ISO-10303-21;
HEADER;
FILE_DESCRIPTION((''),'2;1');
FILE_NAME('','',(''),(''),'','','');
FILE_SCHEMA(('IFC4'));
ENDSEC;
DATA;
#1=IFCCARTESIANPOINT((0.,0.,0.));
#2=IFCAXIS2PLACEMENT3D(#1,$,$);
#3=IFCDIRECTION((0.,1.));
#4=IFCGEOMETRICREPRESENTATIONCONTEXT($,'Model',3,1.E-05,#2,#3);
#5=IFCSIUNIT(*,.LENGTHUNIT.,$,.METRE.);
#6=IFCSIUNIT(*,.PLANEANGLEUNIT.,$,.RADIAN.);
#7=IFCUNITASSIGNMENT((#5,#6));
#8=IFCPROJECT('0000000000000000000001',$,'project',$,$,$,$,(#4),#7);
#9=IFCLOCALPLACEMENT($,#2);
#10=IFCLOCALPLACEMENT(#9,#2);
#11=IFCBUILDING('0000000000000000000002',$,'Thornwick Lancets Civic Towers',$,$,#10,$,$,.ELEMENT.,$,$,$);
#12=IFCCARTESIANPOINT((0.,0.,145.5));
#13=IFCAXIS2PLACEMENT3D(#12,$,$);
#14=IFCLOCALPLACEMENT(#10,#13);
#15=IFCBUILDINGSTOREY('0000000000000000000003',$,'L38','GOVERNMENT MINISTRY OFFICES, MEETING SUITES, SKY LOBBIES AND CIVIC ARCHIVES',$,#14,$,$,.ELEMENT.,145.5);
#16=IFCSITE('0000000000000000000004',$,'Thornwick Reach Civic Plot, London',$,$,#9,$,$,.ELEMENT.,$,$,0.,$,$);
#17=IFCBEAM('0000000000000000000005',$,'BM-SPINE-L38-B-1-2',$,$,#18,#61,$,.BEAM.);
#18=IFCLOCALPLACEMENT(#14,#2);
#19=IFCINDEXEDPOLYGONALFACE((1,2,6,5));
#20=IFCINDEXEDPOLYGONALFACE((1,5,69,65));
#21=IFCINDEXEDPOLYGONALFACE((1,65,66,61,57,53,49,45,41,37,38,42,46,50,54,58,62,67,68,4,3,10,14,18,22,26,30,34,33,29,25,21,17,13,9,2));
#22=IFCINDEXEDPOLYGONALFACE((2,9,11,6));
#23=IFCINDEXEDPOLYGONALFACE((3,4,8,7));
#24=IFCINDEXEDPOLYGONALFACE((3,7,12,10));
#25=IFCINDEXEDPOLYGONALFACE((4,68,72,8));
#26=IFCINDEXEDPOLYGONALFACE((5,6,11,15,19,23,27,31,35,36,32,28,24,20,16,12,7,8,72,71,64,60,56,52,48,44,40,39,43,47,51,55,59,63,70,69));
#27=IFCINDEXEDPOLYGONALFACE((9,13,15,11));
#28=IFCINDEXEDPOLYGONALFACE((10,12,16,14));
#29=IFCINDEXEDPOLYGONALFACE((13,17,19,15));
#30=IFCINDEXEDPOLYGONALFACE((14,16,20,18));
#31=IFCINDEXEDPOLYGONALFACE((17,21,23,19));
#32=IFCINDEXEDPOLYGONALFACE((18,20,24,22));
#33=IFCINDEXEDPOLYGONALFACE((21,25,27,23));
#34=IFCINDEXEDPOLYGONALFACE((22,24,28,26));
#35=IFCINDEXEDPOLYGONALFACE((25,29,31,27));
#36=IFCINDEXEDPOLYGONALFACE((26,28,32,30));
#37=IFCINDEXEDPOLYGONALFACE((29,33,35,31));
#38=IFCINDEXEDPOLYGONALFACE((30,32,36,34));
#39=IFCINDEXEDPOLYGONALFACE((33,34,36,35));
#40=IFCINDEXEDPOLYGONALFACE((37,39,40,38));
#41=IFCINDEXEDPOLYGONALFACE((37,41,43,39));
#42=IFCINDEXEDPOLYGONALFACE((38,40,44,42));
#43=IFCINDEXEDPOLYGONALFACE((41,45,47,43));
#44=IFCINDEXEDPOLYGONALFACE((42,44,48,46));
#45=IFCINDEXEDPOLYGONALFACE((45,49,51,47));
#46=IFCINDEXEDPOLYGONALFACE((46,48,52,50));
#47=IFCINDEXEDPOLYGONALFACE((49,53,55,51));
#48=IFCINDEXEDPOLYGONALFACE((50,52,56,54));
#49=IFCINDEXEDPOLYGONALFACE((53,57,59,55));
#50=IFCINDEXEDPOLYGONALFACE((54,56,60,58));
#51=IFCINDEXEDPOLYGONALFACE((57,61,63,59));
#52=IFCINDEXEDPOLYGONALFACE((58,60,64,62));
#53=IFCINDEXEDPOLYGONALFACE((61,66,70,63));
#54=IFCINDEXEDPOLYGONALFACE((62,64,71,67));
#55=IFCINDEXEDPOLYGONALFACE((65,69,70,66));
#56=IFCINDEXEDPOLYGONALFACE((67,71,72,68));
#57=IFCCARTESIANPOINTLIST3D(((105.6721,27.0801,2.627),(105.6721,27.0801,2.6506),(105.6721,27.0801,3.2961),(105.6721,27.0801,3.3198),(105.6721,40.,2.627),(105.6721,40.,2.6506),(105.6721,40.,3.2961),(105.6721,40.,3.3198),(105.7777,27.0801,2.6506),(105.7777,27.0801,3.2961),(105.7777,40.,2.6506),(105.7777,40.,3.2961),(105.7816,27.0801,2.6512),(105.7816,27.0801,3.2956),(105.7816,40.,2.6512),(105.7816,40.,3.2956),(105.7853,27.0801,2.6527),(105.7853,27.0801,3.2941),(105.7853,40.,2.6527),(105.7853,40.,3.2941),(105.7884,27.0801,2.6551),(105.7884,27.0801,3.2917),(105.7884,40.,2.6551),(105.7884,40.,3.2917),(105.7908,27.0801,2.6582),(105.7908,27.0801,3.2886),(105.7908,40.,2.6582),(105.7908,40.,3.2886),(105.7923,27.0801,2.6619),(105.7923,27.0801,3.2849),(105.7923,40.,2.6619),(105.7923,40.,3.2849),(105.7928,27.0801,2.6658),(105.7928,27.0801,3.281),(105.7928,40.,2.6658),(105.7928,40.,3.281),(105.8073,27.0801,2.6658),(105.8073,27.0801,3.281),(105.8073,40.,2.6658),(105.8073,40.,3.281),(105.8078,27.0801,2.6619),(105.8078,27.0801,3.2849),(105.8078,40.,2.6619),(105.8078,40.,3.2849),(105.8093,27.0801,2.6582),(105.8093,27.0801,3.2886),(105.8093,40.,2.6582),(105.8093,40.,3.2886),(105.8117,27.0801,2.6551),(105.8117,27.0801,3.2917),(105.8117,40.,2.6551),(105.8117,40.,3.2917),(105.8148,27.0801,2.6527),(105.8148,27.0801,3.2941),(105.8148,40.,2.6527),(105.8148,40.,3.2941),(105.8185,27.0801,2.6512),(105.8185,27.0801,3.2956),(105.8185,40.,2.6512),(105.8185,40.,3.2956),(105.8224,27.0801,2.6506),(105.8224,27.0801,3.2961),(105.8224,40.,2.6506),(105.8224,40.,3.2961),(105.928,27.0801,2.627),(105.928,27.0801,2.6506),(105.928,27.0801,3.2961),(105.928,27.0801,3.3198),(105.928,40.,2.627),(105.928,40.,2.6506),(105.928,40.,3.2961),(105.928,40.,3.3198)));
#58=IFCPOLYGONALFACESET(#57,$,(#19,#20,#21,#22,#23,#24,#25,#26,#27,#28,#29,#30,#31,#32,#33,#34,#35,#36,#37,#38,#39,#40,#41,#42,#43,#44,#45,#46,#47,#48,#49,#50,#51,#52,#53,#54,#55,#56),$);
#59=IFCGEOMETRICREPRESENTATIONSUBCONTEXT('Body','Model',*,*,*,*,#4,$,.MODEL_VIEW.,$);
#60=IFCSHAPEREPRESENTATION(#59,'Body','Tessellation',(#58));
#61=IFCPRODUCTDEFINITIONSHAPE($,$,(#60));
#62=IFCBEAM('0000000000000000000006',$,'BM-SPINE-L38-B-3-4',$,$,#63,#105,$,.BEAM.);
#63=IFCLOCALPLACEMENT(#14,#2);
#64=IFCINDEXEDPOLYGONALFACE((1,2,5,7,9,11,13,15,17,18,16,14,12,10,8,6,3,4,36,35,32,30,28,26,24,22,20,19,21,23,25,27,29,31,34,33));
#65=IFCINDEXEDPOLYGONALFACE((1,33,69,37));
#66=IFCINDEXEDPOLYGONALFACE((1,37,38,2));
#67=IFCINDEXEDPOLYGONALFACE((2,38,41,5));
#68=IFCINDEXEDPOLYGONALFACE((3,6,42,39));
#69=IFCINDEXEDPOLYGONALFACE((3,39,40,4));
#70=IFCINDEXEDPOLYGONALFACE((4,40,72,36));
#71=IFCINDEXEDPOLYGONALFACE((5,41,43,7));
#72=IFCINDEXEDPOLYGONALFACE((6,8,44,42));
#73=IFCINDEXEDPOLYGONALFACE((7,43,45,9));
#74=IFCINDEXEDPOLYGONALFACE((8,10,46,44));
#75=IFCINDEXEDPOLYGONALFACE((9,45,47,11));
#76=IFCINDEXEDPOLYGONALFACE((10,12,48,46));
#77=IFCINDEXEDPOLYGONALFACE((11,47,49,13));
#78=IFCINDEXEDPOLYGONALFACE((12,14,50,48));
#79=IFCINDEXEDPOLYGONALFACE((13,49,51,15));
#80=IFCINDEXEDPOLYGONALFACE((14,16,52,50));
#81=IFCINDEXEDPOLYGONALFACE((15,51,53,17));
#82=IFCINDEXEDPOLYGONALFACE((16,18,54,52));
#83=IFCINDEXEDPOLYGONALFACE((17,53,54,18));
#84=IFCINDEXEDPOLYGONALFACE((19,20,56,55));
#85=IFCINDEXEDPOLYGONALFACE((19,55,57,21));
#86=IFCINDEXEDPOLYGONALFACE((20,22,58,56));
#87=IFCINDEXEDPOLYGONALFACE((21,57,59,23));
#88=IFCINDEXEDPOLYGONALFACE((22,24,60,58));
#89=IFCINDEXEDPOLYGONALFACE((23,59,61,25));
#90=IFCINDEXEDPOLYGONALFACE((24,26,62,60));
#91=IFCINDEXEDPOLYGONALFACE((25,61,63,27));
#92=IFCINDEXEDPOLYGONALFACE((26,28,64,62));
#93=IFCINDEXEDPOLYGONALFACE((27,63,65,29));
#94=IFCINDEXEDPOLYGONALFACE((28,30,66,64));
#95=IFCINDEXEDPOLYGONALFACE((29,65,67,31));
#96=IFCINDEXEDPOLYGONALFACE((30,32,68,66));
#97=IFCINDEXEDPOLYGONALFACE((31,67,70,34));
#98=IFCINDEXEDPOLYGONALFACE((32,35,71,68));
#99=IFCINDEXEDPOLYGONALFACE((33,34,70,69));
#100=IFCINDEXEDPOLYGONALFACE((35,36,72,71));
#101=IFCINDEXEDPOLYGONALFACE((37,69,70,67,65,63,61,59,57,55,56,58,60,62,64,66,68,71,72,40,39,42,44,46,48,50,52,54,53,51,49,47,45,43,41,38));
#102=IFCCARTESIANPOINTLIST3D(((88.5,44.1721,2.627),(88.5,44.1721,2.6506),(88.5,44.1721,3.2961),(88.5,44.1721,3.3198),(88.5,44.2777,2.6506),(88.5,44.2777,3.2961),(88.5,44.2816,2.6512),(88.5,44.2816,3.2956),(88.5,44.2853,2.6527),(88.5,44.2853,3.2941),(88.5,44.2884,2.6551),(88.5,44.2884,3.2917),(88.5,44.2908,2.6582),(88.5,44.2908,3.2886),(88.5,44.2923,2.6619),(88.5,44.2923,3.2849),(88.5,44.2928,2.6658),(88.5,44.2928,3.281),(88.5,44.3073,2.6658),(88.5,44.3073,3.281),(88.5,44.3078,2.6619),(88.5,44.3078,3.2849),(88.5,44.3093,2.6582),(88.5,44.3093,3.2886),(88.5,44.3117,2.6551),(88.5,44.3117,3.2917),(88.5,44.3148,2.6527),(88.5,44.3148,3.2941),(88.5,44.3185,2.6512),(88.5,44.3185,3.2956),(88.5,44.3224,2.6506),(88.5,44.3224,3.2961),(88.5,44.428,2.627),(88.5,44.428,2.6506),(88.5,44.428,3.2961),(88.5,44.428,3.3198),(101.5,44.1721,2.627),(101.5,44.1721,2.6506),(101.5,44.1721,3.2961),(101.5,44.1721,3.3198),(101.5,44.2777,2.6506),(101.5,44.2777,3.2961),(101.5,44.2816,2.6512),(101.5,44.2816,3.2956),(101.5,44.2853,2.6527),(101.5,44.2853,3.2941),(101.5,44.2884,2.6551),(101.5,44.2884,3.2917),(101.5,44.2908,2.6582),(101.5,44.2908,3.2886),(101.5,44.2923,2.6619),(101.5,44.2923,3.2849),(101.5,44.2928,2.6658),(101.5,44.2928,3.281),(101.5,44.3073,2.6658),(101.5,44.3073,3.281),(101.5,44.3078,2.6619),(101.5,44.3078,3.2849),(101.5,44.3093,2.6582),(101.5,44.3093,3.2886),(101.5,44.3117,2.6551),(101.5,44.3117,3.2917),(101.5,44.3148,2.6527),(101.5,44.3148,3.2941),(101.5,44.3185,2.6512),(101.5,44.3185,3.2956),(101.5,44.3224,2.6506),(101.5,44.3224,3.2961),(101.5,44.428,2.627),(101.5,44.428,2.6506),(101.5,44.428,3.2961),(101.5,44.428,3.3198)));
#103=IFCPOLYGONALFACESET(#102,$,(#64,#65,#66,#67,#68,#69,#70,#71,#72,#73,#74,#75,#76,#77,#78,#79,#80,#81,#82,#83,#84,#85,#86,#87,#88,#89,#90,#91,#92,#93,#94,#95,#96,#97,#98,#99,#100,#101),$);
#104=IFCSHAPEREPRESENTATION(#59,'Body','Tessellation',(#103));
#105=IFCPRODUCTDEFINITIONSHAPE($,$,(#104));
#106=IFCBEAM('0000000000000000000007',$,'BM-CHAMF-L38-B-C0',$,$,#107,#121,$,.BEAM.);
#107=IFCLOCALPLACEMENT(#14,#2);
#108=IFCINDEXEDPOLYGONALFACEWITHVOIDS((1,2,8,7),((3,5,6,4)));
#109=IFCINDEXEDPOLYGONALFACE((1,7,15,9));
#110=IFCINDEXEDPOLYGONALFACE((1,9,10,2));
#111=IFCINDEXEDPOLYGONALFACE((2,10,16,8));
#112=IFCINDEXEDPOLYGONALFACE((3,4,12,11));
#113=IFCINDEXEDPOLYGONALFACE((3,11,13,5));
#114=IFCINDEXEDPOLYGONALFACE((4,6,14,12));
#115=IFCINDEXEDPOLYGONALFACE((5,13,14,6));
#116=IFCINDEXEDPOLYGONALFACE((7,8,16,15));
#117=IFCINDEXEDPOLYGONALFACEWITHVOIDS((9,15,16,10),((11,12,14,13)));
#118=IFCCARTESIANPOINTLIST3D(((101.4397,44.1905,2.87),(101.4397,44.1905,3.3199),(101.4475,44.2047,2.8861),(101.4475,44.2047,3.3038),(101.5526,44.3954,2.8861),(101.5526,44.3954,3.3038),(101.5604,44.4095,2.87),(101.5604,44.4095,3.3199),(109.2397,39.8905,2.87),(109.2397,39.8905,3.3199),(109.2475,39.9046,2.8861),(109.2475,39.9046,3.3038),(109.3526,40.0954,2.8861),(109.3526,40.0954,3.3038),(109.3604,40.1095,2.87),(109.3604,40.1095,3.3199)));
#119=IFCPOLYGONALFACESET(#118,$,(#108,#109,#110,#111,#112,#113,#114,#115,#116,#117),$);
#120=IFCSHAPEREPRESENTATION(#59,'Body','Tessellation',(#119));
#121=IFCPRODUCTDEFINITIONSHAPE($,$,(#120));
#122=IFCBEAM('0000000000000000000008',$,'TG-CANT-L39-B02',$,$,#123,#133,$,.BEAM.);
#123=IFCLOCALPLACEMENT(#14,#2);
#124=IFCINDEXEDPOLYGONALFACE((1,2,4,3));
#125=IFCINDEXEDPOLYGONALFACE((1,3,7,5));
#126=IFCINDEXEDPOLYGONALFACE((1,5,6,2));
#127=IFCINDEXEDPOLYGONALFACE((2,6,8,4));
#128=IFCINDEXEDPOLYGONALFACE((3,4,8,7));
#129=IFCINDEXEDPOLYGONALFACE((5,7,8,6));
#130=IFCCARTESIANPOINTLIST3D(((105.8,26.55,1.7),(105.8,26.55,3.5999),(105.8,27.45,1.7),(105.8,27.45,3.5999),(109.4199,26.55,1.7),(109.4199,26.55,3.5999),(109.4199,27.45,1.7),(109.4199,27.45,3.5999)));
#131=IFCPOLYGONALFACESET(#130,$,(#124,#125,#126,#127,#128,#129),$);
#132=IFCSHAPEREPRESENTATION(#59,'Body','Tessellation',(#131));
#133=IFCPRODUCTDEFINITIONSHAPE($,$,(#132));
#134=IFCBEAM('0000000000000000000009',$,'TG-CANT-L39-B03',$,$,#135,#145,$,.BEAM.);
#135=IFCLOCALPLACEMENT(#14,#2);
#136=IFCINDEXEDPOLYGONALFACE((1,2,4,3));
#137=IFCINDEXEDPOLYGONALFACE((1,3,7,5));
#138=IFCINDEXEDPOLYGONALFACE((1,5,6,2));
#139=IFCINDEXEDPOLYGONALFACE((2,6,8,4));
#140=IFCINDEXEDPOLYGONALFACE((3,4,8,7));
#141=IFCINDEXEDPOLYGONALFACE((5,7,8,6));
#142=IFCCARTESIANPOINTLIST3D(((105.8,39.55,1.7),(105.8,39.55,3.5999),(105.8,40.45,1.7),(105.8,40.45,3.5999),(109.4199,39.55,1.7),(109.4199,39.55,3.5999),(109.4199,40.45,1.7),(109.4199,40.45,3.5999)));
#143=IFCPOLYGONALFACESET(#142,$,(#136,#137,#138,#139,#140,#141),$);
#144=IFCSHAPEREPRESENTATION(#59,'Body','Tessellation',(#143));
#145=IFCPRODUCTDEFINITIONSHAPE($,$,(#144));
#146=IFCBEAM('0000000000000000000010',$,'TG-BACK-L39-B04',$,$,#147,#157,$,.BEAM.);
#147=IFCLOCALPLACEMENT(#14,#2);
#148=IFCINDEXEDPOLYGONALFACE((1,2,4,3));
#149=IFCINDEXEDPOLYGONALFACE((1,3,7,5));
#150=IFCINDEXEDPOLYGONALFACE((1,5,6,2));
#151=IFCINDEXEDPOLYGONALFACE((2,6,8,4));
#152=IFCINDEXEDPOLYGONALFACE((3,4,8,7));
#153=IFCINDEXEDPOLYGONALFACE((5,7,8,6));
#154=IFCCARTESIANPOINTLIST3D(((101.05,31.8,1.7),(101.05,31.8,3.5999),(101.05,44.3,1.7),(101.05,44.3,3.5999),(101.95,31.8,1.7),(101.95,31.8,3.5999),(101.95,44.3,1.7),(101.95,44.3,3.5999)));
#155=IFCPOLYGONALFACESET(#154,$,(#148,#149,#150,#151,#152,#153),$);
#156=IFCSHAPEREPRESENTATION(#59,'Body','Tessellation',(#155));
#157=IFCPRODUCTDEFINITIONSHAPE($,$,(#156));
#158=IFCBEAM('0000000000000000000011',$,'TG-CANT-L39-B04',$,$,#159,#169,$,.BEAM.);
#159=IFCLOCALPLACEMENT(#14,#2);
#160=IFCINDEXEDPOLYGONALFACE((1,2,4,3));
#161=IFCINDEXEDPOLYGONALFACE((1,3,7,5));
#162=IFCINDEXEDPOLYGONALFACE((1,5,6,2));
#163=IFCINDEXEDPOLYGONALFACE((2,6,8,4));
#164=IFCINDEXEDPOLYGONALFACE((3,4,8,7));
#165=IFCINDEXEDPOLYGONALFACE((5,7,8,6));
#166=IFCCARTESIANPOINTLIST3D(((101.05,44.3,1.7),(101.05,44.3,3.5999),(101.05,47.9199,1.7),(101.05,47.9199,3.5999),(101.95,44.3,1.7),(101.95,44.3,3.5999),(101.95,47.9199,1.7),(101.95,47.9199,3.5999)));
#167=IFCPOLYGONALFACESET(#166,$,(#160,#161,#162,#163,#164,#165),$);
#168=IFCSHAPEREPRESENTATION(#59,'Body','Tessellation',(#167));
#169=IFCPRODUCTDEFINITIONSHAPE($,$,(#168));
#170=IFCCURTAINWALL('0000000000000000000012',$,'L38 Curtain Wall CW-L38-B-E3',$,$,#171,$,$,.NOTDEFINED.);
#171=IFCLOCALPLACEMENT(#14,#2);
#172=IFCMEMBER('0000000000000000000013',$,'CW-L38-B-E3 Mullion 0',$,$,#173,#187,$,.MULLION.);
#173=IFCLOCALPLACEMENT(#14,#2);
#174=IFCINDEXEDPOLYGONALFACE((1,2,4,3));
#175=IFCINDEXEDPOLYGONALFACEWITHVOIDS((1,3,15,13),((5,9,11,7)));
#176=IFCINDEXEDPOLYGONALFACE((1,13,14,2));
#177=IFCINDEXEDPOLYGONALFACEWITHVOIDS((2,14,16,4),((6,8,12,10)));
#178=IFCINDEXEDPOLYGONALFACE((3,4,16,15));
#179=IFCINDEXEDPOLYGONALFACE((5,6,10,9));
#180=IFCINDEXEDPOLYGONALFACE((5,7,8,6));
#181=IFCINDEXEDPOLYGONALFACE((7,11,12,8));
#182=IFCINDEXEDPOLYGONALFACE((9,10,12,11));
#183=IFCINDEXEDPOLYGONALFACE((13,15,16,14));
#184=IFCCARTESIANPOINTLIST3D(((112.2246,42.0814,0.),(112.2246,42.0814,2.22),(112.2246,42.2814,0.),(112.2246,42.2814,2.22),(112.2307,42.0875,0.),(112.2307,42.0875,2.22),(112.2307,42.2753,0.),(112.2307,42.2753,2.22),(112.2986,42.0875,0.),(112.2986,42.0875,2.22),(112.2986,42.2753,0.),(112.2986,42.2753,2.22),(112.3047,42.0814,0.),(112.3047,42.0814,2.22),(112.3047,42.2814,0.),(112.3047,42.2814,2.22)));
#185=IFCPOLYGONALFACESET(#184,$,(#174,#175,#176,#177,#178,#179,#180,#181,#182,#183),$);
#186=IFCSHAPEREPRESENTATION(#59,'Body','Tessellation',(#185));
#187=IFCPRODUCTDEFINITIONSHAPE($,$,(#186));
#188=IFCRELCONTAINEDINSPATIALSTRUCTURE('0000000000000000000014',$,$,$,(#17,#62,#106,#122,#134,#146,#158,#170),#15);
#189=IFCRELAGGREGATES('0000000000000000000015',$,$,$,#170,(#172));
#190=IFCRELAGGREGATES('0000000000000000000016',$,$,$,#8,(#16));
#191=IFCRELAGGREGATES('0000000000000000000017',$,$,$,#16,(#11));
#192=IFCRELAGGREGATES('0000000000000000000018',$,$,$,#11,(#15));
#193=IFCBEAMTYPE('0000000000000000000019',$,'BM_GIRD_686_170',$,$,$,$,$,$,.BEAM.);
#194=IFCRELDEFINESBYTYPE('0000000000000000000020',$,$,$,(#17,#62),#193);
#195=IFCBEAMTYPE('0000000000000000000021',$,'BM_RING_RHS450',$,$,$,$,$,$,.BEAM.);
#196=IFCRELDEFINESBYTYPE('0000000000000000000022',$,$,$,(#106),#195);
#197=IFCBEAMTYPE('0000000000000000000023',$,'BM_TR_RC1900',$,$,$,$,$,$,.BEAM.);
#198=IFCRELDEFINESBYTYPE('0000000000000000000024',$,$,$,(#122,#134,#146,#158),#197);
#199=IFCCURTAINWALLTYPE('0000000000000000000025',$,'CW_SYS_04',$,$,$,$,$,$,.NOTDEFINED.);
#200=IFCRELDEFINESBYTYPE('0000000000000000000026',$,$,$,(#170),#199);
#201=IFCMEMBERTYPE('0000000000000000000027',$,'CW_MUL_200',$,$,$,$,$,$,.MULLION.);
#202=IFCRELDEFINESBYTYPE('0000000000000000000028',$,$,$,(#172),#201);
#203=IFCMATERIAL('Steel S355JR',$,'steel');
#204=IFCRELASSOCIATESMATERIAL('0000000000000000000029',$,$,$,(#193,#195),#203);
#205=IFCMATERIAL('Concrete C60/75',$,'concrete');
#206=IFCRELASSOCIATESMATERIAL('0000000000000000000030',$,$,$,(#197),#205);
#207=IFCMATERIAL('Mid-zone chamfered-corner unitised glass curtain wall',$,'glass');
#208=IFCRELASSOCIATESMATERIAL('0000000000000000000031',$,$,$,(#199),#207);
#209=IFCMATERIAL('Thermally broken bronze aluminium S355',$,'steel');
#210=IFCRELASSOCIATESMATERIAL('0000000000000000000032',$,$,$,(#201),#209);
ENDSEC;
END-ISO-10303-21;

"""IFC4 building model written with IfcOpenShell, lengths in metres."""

from ifc_helpers import new_model, si_unit, direction, frame, origin, origin_2d, place, context, subcontext, project, spatial, rectangle, hollow_rectangle, i_section, extrude, material, material_profile, profile_set, type_object, element, aggregate, save


model = new_model("IFC4")

# Units and contexts
model_context = context("Model", 3, precision=1e-05, world=origin(), true_north=direction((0.0, 1.0)))
body_context = subcontext(model_context, "Body", "Model", "MODEL_VIEW")
ifc_project = project(units=[si_unit("LENGTHUNIT", "METRE"), si_unit("PLANEANGLEUNIT", "RADIAN")], contexts=[model_context])

# Site, building, storey
site_placement = place(None, origin())
site = spatial("IfcSite", under=ifc_project, at=site_placement, Name="Thornwick Reach Civic Plot, London", CompositionType="ELEMENT", RefElevation=0.0)
building_placement = place(site_placement, origin())
building = spatial("IfcBuilding", under=site, at=building_placement, Name="Thornwick Lancets Civic Towers", CompositionType="ELEMENT")
storey_placement = place(building_placement, frame((0.0, 0.0, 145.5)))
storey = spatial("IfcBuildingStorey", under=building, at=storey_placement, Name="L38", Description="GOVERNMENT MINISTRY OFFICES, MEETING SUITES, SKY LOBBIES AND CIVIC ARCHIVES", CompositionType="ELEMENT", Elevation=145.5)

# Beams
ifc_material_1 = material(Name="Steel S355JR", Category="steel")
ifc_material_profile_1 = material_profile(ifc_material_1, i_section(OverallWidth=0.2559, OverallDepth=0.6929, WebThickness=0.0144, FlangeThickness=0.0237, FilletRadius=0.0151, at=origin_2d()), Name="UKB 686x254x170")
ifc_profile_set_1 = profile_set([ifc_material_profile_1], Name="Steel S355JR")
beam_type_1 = type_object("IfcBeamType", Name="BM_GIRD_686_170", PredefinedType="BEAM", material=ifc_profile_set_1)
beam_1_placement = place(storey_placement, frame((105.8, 27.0801, 2.9734), z_axis=(0.0, 1.0, 0.0), x_axis=(-1.0, 0.0, 0.0)))
element("IfcBeam", 1, at=beam_1_placement, inside=storey, type_object=beam_type_1, Name="BM-SPINE-L38-B-1-2", PredefinedType="BEAM", context=body_context, shape_type="SweptSolid", body=[
    extrude(i_section(OverallWidth=0.2559, OverallDepth=0.6929, WebThickness=0.0144, FlangeThickness=0.0237, FilletRadius=0.0151, at=origin_2d()), origin(), (0.0, 0.0, 1.0), 12.9199),
])
beam_2_placement = place(storey_placement, frame((101.5, 44.3, 2.9734), z_axis=(-1.0, 0.0, 0.0), x_axis=(0.0, -1.0, 0.0)))
element("IfcBeam", 2, at=beam_2_placement, inside=storey, type_object=beam_type_1, Name="BM-SPINE-L38-B-3-4", PredefinedType="BEAM", context=body_context, shape_type="SweptSolid", body=[
    extrude(i_section(OverallWidth=0.2559, OverallDepth=0.6929, WebThickness=0.0144, FlangeThickness=0.0237, FilletRadius=0.0151, at=origin_2d()), origin(), (0.0, 0.0, 1.0), 13.0),
])
ifc_material_profile_2 = material_profile(ifc_material_1, hollow_rectangle(XDim=0.25, YDim=0.45, WallThickness=0.0161, at=origin_2d()), Name="RHS 450x250x16")
ifc_profile_set_2 = profile_set([ifc_material_profile_2], Name="Steel S355JR")
beam_type_2 = type_object("IfcBeamType", Name="BM_RING_RHS450", PredefinedType="BEAM", material=ifc_profile_set_2)
beam_3_placement = place(storey_placement, frame((109.3, 40.0, 3.095), z_axis=(-0.87574, 0.482782, 0.0), x_axis=(-0.482782, -0.87574, 0.0)))
element("IfcBeam", 3, at=beam_3_placement, inside=storey, type_object=beam_type_2, Name="BM-CHAMF-L38-B-C0", PredefinedType="BEAM", context=body_context, shape_type="SweptSolid", body=[
    extrude(hollow_rectangle(XDim=0.25, YDim=0.45, WallThickness=0.0161, at=origin_2d()), origin(), (0.0, 0.0, 1.0), 8.9067),
])
ifc_material_2 = material(Name="Concrete C60/75", Category="concrete")
ifc_material_profile_3 = material_profile(ifc_material_2, rectangle(XDim=0.8999, YDim=1.8999, at=origin_2d()), Name="RC 900x1900")
ifc_profile_set_3 = profile_set([ifc_material_profile_3], Name="Concrete C60/75")
beam_type_3 = type_object("IfcBeamType", Name="BM_TR_RC1900", PredefinedType="BEAM", material=ifc_profile_set_3)
for number, where, z_axis, x_axis, name in (
    (4, (105.8, 27.0, 2.6499), (1.0, 0.0, 0.0), (0.0, 1.0, 0.0), "TG-CANT-L39-B02"),
    (5, (105.8, 40.0, 2.6499), (1.0, 0.0, 0.0), (0.0, 1.0, 0.0), "TG-CANT-L39-B03"),
):
    element("IfcBeam", number, at=place(storey_placement, frame(where, z_axis=z_axis, x_axis=x_axis)), inside=storey, type_object=beam_type_3, Name=name, PredefinedType="BEAM", context=body_context, shape_type="SweptSolid", body=[
        extrude(rectangle(XDim=0.8999, YDim=1.8999, at=origin_2d()), origin(), (0.0, 0.0, 1.0), 3.6199),
    ])
beam_4_placement = place(storey_placement, frame((101.5, 31.8, 2.6499), z_axis=(0.0, 1.0, 0.0), x_axis=(-1.0, 0.0, 0.0)))
element("IfcBeam", 6, at=beam_4_placement, inside=storey, type_object=beam_type_3, Name="TG-BACK-L39-B04", PredefinedType="BEAM", context=body_context, shape_type="SweptSolid", body=[
    extrude(rectangle(XDim=0.8999, YDim=1.8999, at=origin_2d()), origin(), (0.0, 0.0, 1.0), 12.5),
])
beam_5_placement = place(storey_placement, frame((101.5, 44.3, 2.6499), z_axis=(0.0, 1.0, 0.0), x_axis=(-1.0, 0.0, 0.0)))
element("IfcBeam", 7, at=beam_5_placement, inside=storey, type_object=beam_type_3, Name="TG-CANT-L39-B04", PredefinedType="BEAM", context=body_context, shape_type="SweptSolid", body=[
    extrude(rectangle(XDim=0.8999, YDim=1.8999, at=origin_2d()), origin(), (0.0, 0.0, 1.0), 3.6199),
])

# Curtain wall, member
ifc_material_3 = material(Name="Mid-zone chamfered-corner unitised glass curtain wall", Category="glass")
curtain_wall_type = type_object("IfcCurtainWallType", Name="CW_SYS_04", PredefinedType="NOTDEFINED", material=ifc_material_3)
curtain_wall_placement = place(storey_placement, origin())
curtain_wall = element("IfcCurtainWall", 8, at=curtain_wall_placement, inside=storey, type_object=curtain_wall_type, Name="L38 Curtain Wall CW-L38-B-E3", PredefinedType="NOTDEFINED")
ifc_material_4 = material(Name="Thermally broken bronze aluminium S355", Category="steel")
ifc_material_profile_4 = material_profile(ifc_material_4, hollow_rectangle(XDim=0.0801, YDim=0.2, WallThickness=0.0061, at=origin_2d()), Name="RHS 200x80x6")
ifc_profile_set_4 = profile_set([ifc_material_profile_4], Name="Thermally broken bronze aluminium S355")
member_type_1 = type_object("IfcMemberType", Name="CW_MUL_200", PredefinedType="MULLION", material=ifc_profile_set_4)
member_1_placement = place(storey_placement, frame((112.2646, 42.1814, 0.0), z_axis=(0.0, 0.0, 1.0), x_axis=(1.0, 0.0, 0.0)))
member_1 = element("IfcMember", 9, at=member_1_placement, type_object=member_type_1, Name="CW-L38-B-E3 Mullion 0", PredefinedType="MULLION", context=body_context, shape_type="SweptSolid", body=[
    extrude(hollow_rectangle(XDim=0.0801, YDim=0.2, WallThickness=0.0061, at=origin_2d()), origin(), (0.0, 0.0, 1.0), 2.22),
])

aggregate(curtain_wall, [member_1])

save(model, "model.ifc")
